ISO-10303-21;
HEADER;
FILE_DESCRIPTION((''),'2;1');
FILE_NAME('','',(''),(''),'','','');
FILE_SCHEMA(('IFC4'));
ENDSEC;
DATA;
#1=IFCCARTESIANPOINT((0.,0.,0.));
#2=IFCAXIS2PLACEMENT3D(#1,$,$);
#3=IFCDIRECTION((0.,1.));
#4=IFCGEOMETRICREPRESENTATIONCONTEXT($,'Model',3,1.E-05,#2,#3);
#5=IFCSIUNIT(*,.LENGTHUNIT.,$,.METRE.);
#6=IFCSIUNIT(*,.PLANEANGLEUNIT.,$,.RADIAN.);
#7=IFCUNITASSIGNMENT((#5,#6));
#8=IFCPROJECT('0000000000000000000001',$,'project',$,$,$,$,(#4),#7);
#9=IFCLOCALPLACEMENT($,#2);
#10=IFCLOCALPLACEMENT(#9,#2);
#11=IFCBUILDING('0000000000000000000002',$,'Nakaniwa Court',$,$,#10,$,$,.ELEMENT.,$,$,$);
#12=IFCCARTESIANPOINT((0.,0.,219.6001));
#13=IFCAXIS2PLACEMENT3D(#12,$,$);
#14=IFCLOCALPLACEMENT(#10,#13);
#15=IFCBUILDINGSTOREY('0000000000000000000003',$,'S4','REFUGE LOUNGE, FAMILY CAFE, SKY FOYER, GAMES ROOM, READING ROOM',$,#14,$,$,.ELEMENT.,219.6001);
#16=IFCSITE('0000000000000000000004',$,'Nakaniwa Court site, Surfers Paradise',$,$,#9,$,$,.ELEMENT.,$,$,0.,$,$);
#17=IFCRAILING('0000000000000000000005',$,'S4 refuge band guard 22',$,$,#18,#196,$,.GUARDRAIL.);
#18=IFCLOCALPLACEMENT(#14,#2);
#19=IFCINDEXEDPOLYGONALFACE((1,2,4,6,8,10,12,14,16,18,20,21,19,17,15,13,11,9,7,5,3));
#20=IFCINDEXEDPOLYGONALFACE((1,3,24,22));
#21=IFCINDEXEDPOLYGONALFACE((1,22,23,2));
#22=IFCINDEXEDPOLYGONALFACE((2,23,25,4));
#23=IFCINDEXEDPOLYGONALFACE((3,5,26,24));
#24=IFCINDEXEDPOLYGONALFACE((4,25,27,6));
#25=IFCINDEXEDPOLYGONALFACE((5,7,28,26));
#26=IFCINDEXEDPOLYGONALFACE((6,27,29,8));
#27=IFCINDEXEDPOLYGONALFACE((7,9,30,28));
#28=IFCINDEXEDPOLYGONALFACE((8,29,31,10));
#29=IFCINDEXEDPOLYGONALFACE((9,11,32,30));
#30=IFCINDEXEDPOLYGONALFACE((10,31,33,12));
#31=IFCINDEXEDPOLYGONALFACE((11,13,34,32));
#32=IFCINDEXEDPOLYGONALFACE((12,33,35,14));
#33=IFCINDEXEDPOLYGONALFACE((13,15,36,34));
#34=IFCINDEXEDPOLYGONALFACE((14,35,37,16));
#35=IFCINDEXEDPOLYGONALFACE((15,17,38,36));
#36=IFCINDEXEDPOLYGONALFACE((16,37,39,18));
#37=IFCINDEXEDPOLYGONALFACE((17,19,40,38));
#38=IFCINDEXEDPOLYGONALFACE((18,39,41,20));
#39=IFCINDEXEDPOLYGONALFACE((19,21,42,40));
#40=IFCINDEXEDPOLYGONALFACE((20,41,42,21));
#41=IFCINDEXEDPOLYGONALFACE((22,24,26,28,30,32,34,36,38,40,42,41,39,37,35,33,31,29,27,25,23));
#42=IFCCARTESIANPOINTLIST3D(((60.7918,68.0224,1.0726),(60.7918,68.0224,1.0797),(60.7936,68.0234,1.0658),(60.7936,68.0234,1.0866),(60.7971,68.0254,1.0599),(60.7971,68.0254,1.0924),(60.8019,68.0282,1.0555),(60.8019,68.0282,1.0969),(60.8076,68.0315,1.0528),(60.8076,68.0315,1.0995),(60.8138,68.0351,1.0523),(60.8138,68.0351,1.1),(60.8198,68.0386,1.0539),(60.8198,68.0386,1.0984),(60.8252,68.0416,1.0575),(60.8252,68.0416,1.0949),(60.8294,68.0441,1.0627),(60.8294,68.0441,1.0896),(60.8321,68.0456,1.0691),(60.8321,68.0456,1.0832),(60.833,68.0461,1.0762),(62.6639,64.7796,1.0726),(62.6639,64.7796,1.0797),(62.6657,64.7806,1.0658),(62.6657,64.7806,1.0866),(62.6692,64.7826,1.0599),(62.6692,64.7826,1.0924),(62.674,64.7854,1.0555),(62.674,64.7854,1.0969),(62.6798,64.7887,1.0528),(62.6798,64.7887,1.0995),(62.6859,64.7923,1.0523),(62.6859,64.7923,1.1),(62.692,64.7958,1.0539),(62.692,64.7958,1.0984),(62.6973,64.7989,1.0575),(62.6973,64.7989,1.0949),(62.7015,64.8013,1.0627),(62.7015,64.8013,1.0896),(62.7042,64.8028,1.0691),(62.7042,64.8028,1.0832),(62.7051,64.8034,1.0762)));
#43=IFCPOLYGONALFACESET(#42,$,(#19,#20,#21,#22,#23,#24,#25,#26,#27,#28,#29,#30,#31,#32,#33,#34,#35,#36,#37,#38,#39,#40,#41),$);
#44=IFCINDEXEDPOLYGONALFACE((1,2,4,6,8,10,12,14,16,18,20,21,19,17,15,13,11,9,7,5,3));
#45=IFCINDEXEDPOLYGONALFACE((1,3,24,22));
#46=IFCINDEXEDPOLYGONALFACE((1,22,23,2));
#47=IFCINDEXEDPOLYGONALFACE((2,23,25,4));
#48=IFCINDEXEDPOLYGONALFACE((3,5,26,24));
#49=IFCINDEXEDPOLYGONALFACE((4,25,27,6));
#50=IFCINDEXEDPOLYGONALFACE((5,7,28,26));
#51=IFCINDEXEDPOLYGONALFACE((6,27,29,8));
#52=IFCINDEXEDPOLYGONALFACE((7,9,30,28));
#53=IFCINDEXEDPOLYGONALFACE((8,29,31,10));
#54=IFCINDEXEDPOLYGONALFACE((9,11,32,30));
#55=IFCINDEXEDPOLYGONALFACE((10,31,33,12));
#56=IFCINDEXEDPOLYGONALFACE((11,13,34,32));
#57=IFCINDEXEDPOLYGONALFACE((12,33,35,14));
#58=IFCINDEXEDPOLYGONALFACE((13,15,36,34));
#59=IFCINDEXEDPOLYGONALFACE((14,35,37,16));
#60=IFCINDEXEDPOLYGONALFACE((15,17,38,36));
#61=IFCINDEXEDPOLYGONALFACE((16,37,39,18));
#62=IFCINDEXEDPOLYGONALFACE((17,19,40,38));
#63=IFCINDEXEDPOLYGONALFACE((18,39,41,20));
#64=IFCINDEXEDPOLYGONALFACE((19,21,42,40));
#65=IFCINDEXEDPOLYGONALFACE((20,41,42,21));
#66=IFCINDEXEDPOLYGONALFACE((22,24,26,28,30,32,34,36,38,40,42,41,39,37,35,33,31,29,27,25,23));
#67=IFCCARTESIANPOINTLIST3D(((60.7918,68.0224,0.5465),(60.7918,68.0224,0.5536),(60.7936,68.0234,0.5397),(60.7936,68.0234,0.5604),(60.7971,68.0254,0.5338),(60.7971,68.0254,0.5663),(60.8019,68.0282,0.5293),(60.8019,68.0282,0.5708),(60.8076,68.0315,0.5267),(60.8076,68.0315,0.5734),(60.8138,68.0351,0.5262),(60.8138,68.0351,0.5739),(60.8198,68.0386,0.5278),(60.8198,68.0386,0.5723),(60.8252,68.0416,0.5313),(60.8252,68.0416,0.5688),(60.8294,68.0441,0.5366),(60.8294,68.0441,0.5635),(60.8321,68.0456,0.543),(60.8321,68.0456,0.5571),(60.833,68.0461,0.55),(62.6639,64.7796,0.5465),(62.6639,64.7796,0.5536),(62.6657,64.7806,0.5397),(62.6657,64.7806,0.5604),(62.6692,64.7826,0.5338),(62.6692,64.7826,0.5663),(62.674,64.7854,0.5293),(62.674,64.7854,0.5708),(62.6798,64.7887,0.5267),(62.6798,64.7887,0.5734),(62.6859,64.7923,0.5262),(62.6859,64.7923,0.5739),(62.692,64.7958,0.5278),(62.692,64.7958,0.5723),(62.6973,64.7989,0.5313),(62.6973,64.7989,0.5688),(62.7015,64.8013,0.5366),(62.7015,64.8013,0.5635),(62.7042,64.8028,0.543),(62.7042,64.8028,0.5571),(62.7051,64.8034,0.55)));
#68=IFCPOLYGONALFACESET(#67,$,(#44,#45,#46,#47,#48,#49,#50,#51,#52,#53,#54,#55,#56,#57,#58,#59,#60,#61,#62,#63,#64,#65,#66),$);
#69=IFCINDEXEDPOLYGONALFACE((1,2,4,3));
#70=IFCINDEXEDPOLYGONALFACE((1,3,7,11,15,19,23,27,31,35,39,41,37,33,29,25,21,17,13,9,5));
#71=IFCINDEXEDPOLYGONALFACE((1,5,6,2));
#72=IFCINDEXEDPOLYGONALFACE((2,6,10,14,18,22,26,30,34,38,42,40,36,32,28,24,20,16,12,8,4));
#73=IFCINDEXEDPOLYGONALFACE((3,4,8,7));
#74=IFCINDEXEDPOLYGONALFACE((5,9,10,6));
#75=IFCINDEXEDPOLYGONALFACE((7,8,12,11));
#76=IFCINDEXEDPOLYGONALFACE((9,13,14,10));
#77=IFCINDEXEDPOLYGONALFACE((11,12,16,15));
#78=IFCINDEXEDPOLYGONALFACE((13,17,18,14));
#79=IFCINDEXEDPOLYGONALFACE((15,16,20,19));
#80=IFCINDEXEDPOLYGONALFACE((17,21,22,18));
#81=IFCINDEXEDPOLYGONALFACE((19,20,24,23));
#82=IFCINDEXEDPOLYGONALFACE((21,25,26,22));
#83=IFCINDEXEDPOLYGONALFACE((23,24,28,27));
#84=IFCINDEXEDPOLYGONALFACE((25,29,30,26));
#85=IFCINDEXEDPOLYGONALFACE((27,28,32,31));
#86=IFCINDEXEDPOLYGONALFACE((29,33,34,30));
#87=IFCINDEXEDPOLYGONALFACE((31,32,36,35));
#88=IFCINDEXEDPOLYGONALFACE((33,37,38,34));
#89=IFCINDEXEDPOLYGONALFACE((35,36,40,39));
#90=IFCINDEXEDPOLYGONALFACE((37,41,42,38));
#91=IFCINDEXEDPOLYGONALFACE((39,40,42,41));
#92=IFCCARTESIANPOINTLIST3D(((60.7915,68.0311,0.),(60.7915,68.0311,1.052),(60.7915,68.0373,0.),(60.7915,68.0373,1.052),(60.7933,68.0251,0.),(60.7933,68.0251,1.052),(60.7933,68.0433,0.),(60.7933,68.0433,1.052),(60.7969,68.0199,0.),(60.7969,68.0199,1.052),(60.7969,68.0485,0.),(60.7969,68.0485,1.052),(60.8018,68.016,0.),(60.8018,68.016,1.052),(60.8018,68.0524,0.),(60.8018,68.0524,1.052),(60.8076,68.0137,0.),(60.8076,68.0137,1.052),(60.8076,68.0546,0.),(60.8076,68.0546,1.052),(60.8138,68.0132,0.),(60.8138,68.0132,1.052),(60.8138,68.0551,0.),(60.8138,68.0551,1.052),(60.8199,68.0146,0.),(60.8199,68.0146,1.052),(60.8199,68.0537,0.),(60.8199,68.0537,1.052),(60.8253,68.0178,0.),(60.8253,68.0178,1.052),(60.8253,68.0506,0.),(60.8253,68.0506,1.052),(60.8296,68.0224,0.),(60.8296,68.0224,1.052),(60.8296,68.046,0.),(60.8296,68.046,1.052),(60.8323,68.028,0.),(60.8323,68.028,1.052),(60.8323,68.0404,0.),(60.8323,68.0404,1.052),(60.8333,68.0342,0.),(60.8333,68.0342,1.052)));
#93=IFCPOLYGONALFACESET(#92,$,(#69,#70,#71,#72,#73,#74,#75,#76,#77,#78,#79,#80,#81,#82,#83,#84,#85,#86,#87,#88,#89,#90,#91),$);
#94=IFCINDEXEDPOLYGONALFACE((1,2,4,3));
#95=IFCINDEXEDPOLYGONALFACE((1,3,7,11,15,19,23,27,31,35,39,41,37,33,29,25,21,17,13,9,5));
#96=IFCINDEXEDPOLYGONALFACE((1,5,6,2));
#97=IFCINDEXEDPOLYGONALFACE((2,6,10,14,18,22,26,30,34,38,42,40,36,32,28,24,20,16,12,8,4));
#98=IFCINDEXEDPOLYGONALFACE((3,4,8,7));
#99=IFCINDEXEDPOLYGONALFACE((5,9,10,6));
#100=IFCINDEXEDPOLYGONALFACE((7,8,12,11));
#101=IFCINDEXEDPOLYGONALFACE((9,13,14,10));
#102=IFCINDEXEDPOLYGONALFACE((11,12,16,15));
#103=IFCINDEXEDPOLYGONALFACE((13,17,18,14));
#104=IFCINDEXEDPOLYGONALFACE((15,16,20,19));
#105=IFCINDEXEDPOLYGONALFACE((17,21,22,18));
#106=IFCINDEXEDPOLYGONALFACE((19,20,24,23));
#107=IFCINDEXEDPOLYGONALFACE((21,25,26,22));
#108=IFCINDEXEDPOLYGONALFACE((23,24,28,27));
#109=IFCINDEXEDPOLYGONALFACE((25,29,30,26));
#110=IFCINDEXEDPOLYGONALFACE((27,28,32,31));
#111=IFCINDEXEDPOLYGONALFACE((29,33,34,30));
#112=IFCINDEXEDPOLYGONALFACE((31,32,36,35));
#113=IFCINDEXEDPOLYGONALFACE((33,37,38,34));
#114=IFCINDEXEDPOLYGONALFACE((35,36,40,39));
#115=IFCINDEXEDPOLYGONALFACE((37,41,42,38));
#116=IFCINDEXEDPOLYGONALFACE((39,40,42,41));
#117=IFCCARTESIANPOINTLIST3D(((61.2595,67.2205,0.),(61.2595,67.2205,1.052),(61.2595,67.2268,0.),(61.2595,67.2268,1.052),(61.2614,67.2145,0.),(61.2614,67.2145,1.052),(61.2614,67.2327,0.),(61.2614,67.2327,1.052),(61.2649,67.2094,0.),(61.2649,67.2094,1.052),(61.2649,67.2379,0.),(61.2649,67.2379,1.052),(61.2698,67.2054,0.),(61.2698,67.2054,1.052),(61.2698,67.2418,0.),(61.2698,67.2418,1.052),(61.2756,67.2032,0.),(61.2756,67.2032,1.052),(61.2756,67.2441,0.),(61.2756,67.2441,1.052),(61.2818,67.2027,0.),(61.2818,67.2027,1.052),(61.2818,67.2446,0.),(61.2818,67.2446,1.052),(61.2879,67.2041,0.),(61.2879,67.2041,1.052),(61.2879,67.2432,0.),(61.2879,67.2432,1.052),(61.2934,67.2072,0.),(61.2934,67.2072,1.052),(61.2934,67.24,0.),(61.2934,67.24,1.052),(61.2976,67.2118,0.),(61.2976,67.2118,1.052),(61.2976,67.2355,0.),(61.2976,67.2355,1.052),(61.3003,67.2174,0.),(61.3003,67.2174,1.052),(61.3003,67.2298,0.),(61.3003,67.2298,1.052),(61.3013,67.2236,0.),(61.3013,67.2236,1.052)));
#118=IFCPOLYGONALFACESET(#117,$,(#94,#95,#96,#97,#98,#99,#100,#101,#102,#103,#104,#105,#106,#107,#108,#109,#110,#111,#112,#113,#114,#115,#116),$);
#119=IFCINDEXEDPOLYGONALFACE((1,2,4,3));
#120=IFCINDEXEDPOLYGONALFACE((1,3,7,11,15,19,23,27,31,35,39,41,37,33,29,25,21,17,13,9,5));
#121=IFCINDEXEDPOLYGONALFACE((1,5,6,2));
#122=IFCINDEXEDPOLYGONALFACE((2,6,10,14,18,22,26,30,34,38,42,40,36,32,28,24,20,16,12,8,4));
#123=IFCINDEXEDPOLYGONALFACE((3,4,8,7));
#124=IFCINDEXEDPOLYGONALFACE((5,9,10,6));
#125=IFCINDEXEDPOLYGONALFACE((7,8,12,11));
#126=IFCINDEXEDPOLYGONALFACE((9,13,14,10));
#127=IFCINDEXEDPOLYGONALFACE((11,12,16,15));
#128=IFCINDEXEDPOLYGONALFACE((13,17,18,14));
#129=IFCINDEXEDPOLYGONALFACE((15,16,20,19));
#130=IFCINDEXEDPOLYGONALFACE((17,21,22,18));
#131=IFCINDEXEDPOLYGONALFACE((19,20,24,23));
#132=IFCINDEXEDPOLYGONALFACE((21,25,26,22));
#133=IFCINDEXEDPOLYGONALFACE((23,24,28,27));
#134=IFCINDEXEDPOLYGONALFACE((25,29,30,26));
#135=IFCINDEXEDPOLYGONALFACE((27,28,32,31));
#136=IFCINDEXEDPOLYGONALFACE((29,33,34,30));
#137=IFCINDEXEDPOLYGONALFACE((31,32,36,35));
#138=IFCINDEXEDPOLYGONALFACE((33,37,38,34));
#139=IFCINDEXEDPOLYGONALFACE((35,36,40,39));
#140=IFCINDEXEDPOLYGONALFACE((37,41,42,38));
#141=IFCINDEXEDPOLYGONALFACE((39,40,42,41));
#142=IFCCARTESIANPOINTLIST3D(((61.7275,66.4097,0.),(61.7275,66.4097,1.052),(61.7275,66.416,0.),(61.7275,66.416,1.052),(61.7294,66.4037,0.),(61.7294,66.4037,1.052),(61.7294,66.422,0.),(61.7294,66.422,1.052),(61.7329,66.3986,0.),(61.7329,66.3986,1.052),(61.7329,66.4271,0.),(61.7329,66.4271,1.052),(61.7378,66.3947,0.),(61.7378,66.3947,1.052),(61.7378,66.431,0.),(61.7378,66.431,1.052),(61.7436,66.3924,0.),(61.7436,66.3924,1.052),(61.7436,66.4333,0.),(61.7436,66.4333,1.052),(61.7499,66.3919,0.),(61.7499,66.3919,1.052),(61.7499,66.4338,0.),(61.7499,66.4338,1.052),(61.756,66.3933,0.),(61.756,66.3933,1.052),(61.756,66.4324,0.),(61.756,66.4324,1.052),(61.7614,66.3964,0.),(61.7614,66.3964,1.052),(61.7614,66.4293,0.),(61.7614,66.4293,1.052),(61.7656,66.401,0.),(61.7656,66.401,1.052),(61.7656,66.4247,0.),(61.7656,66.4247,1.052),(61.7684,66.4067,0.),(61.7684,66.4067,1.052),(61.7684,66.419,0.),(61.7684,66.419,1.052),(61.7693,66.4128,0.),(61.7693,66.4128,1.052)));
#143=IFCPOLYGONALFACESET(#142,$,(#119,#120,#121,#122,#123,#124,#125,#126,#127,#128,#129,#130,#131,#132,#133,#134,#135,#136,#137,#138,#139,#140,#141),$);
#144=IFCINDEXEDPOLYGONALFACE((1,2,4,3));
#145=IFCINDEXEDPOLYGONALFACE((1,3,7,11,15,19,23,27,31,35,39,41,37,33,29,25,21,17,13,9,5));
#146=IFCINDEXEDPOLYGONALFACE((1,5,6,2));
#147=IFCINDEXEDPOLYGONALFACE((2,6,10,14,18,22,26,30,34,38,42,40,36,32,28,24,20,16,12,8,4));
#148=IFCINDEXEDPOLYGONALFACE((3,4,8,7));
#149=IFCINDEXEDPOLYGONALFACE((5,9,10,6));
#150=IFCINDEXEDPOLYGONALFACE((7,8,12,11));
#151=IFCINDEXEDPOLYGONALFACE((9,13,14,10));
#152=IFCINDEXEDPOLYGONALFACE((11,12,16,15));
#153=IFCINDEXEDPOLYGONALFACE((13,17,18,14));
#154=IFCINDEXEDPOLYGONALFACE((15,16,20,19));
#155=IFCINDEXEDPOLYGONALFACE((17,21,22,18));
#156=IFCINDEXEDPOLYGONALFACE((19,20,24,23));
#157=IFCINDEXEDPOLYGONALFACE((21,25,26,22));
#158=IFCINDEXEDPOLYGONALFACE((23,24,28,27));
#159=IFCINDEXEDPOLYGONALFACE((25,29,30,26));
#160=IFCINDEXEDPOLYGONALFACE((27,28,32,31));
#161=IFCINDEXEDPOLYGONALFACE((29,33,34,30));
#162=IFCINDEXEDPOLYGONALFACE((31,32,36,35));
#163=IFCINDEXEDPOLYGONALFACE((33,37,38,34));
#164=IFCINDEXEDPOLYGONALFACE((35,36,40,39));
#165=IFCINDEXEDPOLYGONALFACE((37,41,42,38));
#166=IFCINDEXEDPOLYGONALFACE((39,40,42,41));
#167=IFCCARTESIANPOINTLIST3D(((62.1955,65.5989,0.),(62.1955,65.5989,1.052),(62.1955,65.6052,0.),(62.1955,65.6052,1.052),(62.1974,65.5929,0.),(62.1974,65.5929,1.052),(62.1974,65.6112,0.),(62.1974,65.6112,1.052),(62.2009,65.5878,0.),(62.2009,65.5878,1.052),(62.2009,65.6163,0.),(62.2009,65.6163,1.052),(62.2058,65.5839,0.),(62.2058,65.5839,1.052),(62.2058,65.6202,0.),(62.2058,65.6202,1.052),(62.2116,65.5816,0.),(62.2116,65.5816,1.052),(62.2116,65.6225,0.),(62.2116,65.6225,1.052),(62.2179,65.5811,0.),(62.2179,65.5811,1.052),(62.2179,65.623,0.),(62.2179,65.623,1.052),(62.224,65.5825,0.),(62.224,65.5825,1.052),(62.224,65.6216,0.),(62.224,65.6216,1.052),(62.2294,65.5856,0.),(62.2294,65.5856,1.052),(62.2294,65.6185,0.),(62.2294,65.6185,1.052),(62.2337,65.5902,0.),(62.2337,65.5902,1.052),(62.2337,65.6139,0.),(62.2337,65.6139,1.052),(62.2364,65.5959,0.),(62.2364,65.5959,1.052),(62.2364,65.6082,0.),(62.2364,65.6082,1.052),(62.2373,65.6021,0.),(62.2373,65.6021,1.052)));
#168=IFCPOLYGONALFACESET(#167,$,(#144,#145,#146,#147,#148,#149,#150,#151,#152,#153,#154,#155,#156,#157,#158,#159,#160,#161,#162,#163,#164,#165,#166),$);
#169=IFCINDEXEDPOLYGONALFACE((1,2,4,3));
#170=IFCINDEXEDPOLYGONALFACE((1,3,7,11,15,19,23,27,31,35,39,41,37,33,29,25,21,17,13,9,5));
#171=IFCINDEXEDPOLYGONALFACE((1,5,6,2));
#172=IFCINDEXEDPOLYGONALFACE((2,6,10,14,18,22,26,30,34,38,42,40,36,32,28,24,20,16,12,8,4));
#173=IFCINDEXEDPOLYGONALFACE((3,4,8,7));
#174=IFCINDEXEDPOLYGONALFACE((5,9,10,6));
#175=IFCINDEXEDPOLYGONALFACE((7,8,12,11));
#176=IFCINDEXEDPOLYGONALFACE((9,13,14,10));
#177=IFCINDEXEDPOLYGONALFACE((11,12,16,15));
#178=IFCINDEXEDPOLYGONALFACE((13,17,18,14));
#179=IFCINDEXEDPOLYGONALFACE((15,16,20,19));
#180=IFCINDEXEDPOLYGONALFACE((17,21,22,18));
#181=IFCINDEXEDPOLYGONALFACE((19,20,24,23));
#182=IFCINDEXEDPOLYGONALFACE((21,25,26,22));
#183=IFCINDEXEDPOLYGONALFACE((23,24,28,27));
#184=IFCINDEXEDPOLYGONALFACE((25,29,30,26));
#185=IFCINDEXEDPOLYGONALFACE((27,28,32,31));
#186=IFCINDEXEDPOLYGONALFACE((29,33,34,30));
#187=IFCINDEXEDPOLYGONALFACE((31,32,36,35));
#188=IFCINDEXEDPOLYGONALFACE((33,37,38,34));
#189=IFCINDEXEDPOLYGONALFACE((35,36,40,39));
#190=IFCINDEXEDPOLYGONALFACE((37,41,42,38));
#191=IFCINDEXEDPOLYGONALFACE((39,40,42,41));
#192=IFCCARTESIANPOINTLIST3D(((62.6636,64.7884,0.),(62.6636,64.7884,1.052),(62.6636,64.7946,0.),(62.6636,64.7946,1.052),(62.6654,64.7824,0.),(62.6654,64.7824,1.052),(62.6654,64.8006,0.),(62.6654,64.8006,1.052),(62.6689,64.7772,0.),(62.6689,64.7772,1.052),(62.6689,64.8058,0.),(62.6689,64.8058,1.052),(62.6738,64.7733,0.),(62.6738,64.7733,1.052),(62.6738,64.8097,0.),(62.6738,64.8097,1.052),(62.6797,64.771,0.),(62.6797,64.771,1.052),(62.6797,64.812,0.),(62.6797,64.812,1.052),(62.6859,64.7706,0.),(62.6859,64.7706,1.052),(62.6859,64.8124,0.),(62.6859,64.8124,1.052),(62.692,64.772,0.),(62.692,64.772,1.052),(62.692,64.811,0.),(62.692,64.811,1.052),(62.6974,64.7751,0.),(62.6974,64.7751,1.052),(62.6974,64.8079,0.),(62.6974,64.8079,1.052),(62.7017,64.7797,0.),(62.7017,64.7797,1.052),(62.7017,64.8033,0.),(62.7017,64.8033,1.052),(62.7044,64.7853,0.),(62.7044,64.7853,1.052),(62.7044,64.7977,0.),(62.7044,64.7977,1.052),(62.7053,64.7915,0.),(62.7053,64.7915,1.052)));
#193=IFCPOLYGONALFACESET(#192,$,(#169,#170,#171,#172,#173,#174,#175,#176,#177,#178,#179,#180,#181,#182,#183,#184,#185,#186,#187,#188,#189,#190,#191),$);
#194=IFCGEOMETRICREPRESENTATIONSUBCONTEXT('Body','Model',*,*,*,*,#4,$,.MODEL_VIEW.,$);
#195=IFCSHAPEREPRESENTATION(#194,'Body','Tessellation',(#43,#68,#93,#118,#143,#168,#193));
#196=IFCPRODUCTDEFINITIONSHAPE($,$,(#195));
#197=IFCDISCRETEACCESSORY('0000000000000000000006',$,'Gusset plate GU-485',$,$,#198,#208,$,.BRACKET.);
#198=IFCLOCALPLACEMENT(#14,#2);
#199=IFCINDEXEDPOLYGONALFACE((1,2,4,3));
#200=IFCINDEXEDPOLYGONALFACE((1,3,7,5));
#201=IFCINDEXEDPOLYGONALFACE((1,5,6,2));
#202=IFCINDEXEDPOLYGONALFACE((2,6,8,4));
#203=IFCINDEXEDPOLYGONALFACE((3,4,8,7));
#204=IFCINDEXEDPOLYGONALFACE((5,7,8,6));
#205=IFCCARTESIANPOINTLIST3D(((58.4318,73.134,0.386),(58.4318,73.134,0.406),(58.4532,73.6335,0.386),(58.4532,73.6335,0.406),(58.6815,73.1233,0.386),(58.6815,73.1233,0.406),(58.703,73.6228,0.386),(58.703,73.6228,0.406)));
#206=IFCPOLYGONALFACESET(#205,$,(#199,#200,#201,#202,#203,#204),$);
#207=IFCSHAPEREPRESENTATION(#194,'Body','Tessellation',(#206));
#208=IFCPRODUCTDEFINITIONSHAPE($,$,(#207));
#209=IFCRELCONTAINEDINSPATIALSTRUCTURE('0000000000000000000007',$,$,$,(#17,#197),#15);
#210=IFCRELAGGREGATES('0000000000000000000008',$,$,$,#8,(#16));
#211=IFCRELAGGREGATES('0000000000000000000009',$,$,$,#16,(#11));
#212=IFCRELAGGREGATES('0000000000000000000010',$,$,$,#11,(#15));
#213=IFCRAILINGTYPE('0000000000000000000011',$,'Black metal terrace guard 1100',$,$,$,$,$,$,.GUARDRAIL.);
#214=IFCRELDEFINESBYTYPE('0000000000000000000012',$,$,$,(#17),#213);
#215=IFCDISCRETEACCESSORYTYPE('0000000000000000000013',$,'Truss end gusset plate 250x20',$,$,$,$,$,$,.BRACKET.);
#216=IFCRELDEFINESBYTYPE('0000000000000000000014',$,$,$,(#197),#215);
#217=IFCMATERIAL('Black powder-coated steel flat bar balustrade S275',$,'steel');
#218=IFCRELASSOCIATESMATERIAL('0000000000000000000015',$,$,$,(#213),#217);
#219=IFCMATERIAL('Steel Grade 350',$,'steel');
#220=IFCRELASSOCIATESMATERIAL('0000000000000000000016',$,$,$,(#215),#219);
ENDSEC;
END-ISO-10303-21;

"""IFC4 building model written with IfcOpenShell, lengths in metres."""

from ifc_helpers import new_model, si_unit, direction, frame, origin, origin_2d, place, context, subcontext, project, spatial, rectangle, circle, extrude, material, material_profile, profile_set, type_object, element, save


model = new_model("IFC4")

# Units and contexts
model_context = context("Model", 3, precision=1e-05, world=origin(), true_north=direction((0.0, 1.0)))
body_context = subcontext(model_context, "Body", "Model", "MODEL_VIEW")
ifc_project = project(units=[si_unit("LENGTHUNIT", "METRE"), si_unit("PLANEANGLEUNIT", "RADIAN")], contexts=[model_context])

# Site, building, storey
site_placement = place(None, origin())
site = spatial("IfcSite", under=ifc_project, at=site_placement, Name="Nakaniwa Court site, Surfers Paradise", CompositionType="ELEMENT", RefElevation=0.0)
building_placement = place(site_placement, origin())
building = spatial("IfcBuilding", under=site, at=building_placement, Name="Nakaniwa Court", CompositionType="ELEMENT")
storey_placement = place(building_placement, frame((0.0, 0.0, 219.6001)))
storey = spatial("IfcBuildingStorey", under=building, at=storey_placement, Name="S4", Description="REFUGE LOUNGE, FAMILY CAFE, SKY FOYER, GAMES ROOM, READING ROOM", CompositionType="ELEMENT", Elevation=219.6001)

# Shared definitions
ifc_material_1 = material(Name="Steel Grade 350", Category="steel")

# Railing
ifc_material_2 = material(Name="Black powder-coated steel flat bar balustrade S275", Category="steel")
railing_type = type_object("IfcRailingType", Name="Black metal terrace guard 1100", PredefinedType="GUARDRAIL", material=ifc_material_2)
railing_1_placement = place(storey_placement, frame((60.8123, 68.0342, 0.0)))
element("IfcRailing", 1, at=railing_1_placement, inside=storey, type_object=railing_type, Name="S4 refuge band guard 22", PredefinedType="GUARDRAIL", context=body_context, shape_type="SweptSolid", body=[
    extrude(circle(Radius=0.0239, at=origin_2d()), frame((0.0, 0.0, 1.0762), z_axis=(0.499982, -0.866036, 0.0), x_axis=(0.866036, 0.499982, 0.0)), (0.0, 0.0, 1.0), 3.7444),
    extrude(circle(Radius=0.0239, at=origin_2d()), frame((0.0, 0.0, 0.55), z_axis=(0.499982, -0.866036, 0.0), x_axis=(0.866036, 0.499982, 0.0)), (0.0, 0.0, 1.0), 3.7444),
    extrude(circle(Radius=0.021, at=origin_2d()), origin(), (0.0, 0.0, 1.0), 1.052),
    extrude(circle(Radius=0.021, at=origin_2d()), frame((0.468, -0.8105, 0.0)), (0.0, 0.0, 1.0), 1.052),
    extrude(circle(Radius=0.021, at=origin_2d()), frame((0.936, -1.6213, 0.0)), (0.0, 0.0, 1.0), 1.052),
    extrude(circle(Radius=0.021, at=origin_2d()), frame((1.4041, -2.4321, 0.0)), (0.0, 0.0, 1.0), 1.052),
    extrude(circle(Radius=0.021, at=origin_2d()), frame((1.8721, -3.2427, 0.0)), (0.0, 0.0, 1.0), 1.052),
])

# Discrete accessory
ifc_material_profile_1 = material_profile(ifc_material_1, rectangle(XDim=0.25, YDim=0.02, at=origin_2d()), Name="Truss end gusset plate 250x20")
ifc_profile_set_1 = profile_set([ifc_material_profile_1], Name="Steel Grade 350")
discrete_accessory_type = type_object("IfcDiscreteAccessoryType", Name="Truss end gusset plate 250x20", PredefinedType="BRACKET", material=ifc_profile_set_1)
for number, where, z_axis, x_axis, name in (
    (2, (58.5781, 73.6282, 0.396), (-0.042971, -0.999076, 0.0), (0.999076, -0.042971, 0.0), "Gusset plate GU-485"),
):
    element("IfcDiscreteAccessory", number, at=place(storey_placement, frame(where, z_axis=z_axis, x_axis=x_axis)), inside=storey, type_object=discrete_accessory_type, Name=name, PredefinedType="BRACKET", context=body_context, shape_type="SweptSolid", body=[
        extrude(rectangle(XDim=0.25, YDim=0.02, at=origin_2d()), origin(), (0.0, 0.0, 1.0), 0.5),
    ])

save(model, "model.ifc")
